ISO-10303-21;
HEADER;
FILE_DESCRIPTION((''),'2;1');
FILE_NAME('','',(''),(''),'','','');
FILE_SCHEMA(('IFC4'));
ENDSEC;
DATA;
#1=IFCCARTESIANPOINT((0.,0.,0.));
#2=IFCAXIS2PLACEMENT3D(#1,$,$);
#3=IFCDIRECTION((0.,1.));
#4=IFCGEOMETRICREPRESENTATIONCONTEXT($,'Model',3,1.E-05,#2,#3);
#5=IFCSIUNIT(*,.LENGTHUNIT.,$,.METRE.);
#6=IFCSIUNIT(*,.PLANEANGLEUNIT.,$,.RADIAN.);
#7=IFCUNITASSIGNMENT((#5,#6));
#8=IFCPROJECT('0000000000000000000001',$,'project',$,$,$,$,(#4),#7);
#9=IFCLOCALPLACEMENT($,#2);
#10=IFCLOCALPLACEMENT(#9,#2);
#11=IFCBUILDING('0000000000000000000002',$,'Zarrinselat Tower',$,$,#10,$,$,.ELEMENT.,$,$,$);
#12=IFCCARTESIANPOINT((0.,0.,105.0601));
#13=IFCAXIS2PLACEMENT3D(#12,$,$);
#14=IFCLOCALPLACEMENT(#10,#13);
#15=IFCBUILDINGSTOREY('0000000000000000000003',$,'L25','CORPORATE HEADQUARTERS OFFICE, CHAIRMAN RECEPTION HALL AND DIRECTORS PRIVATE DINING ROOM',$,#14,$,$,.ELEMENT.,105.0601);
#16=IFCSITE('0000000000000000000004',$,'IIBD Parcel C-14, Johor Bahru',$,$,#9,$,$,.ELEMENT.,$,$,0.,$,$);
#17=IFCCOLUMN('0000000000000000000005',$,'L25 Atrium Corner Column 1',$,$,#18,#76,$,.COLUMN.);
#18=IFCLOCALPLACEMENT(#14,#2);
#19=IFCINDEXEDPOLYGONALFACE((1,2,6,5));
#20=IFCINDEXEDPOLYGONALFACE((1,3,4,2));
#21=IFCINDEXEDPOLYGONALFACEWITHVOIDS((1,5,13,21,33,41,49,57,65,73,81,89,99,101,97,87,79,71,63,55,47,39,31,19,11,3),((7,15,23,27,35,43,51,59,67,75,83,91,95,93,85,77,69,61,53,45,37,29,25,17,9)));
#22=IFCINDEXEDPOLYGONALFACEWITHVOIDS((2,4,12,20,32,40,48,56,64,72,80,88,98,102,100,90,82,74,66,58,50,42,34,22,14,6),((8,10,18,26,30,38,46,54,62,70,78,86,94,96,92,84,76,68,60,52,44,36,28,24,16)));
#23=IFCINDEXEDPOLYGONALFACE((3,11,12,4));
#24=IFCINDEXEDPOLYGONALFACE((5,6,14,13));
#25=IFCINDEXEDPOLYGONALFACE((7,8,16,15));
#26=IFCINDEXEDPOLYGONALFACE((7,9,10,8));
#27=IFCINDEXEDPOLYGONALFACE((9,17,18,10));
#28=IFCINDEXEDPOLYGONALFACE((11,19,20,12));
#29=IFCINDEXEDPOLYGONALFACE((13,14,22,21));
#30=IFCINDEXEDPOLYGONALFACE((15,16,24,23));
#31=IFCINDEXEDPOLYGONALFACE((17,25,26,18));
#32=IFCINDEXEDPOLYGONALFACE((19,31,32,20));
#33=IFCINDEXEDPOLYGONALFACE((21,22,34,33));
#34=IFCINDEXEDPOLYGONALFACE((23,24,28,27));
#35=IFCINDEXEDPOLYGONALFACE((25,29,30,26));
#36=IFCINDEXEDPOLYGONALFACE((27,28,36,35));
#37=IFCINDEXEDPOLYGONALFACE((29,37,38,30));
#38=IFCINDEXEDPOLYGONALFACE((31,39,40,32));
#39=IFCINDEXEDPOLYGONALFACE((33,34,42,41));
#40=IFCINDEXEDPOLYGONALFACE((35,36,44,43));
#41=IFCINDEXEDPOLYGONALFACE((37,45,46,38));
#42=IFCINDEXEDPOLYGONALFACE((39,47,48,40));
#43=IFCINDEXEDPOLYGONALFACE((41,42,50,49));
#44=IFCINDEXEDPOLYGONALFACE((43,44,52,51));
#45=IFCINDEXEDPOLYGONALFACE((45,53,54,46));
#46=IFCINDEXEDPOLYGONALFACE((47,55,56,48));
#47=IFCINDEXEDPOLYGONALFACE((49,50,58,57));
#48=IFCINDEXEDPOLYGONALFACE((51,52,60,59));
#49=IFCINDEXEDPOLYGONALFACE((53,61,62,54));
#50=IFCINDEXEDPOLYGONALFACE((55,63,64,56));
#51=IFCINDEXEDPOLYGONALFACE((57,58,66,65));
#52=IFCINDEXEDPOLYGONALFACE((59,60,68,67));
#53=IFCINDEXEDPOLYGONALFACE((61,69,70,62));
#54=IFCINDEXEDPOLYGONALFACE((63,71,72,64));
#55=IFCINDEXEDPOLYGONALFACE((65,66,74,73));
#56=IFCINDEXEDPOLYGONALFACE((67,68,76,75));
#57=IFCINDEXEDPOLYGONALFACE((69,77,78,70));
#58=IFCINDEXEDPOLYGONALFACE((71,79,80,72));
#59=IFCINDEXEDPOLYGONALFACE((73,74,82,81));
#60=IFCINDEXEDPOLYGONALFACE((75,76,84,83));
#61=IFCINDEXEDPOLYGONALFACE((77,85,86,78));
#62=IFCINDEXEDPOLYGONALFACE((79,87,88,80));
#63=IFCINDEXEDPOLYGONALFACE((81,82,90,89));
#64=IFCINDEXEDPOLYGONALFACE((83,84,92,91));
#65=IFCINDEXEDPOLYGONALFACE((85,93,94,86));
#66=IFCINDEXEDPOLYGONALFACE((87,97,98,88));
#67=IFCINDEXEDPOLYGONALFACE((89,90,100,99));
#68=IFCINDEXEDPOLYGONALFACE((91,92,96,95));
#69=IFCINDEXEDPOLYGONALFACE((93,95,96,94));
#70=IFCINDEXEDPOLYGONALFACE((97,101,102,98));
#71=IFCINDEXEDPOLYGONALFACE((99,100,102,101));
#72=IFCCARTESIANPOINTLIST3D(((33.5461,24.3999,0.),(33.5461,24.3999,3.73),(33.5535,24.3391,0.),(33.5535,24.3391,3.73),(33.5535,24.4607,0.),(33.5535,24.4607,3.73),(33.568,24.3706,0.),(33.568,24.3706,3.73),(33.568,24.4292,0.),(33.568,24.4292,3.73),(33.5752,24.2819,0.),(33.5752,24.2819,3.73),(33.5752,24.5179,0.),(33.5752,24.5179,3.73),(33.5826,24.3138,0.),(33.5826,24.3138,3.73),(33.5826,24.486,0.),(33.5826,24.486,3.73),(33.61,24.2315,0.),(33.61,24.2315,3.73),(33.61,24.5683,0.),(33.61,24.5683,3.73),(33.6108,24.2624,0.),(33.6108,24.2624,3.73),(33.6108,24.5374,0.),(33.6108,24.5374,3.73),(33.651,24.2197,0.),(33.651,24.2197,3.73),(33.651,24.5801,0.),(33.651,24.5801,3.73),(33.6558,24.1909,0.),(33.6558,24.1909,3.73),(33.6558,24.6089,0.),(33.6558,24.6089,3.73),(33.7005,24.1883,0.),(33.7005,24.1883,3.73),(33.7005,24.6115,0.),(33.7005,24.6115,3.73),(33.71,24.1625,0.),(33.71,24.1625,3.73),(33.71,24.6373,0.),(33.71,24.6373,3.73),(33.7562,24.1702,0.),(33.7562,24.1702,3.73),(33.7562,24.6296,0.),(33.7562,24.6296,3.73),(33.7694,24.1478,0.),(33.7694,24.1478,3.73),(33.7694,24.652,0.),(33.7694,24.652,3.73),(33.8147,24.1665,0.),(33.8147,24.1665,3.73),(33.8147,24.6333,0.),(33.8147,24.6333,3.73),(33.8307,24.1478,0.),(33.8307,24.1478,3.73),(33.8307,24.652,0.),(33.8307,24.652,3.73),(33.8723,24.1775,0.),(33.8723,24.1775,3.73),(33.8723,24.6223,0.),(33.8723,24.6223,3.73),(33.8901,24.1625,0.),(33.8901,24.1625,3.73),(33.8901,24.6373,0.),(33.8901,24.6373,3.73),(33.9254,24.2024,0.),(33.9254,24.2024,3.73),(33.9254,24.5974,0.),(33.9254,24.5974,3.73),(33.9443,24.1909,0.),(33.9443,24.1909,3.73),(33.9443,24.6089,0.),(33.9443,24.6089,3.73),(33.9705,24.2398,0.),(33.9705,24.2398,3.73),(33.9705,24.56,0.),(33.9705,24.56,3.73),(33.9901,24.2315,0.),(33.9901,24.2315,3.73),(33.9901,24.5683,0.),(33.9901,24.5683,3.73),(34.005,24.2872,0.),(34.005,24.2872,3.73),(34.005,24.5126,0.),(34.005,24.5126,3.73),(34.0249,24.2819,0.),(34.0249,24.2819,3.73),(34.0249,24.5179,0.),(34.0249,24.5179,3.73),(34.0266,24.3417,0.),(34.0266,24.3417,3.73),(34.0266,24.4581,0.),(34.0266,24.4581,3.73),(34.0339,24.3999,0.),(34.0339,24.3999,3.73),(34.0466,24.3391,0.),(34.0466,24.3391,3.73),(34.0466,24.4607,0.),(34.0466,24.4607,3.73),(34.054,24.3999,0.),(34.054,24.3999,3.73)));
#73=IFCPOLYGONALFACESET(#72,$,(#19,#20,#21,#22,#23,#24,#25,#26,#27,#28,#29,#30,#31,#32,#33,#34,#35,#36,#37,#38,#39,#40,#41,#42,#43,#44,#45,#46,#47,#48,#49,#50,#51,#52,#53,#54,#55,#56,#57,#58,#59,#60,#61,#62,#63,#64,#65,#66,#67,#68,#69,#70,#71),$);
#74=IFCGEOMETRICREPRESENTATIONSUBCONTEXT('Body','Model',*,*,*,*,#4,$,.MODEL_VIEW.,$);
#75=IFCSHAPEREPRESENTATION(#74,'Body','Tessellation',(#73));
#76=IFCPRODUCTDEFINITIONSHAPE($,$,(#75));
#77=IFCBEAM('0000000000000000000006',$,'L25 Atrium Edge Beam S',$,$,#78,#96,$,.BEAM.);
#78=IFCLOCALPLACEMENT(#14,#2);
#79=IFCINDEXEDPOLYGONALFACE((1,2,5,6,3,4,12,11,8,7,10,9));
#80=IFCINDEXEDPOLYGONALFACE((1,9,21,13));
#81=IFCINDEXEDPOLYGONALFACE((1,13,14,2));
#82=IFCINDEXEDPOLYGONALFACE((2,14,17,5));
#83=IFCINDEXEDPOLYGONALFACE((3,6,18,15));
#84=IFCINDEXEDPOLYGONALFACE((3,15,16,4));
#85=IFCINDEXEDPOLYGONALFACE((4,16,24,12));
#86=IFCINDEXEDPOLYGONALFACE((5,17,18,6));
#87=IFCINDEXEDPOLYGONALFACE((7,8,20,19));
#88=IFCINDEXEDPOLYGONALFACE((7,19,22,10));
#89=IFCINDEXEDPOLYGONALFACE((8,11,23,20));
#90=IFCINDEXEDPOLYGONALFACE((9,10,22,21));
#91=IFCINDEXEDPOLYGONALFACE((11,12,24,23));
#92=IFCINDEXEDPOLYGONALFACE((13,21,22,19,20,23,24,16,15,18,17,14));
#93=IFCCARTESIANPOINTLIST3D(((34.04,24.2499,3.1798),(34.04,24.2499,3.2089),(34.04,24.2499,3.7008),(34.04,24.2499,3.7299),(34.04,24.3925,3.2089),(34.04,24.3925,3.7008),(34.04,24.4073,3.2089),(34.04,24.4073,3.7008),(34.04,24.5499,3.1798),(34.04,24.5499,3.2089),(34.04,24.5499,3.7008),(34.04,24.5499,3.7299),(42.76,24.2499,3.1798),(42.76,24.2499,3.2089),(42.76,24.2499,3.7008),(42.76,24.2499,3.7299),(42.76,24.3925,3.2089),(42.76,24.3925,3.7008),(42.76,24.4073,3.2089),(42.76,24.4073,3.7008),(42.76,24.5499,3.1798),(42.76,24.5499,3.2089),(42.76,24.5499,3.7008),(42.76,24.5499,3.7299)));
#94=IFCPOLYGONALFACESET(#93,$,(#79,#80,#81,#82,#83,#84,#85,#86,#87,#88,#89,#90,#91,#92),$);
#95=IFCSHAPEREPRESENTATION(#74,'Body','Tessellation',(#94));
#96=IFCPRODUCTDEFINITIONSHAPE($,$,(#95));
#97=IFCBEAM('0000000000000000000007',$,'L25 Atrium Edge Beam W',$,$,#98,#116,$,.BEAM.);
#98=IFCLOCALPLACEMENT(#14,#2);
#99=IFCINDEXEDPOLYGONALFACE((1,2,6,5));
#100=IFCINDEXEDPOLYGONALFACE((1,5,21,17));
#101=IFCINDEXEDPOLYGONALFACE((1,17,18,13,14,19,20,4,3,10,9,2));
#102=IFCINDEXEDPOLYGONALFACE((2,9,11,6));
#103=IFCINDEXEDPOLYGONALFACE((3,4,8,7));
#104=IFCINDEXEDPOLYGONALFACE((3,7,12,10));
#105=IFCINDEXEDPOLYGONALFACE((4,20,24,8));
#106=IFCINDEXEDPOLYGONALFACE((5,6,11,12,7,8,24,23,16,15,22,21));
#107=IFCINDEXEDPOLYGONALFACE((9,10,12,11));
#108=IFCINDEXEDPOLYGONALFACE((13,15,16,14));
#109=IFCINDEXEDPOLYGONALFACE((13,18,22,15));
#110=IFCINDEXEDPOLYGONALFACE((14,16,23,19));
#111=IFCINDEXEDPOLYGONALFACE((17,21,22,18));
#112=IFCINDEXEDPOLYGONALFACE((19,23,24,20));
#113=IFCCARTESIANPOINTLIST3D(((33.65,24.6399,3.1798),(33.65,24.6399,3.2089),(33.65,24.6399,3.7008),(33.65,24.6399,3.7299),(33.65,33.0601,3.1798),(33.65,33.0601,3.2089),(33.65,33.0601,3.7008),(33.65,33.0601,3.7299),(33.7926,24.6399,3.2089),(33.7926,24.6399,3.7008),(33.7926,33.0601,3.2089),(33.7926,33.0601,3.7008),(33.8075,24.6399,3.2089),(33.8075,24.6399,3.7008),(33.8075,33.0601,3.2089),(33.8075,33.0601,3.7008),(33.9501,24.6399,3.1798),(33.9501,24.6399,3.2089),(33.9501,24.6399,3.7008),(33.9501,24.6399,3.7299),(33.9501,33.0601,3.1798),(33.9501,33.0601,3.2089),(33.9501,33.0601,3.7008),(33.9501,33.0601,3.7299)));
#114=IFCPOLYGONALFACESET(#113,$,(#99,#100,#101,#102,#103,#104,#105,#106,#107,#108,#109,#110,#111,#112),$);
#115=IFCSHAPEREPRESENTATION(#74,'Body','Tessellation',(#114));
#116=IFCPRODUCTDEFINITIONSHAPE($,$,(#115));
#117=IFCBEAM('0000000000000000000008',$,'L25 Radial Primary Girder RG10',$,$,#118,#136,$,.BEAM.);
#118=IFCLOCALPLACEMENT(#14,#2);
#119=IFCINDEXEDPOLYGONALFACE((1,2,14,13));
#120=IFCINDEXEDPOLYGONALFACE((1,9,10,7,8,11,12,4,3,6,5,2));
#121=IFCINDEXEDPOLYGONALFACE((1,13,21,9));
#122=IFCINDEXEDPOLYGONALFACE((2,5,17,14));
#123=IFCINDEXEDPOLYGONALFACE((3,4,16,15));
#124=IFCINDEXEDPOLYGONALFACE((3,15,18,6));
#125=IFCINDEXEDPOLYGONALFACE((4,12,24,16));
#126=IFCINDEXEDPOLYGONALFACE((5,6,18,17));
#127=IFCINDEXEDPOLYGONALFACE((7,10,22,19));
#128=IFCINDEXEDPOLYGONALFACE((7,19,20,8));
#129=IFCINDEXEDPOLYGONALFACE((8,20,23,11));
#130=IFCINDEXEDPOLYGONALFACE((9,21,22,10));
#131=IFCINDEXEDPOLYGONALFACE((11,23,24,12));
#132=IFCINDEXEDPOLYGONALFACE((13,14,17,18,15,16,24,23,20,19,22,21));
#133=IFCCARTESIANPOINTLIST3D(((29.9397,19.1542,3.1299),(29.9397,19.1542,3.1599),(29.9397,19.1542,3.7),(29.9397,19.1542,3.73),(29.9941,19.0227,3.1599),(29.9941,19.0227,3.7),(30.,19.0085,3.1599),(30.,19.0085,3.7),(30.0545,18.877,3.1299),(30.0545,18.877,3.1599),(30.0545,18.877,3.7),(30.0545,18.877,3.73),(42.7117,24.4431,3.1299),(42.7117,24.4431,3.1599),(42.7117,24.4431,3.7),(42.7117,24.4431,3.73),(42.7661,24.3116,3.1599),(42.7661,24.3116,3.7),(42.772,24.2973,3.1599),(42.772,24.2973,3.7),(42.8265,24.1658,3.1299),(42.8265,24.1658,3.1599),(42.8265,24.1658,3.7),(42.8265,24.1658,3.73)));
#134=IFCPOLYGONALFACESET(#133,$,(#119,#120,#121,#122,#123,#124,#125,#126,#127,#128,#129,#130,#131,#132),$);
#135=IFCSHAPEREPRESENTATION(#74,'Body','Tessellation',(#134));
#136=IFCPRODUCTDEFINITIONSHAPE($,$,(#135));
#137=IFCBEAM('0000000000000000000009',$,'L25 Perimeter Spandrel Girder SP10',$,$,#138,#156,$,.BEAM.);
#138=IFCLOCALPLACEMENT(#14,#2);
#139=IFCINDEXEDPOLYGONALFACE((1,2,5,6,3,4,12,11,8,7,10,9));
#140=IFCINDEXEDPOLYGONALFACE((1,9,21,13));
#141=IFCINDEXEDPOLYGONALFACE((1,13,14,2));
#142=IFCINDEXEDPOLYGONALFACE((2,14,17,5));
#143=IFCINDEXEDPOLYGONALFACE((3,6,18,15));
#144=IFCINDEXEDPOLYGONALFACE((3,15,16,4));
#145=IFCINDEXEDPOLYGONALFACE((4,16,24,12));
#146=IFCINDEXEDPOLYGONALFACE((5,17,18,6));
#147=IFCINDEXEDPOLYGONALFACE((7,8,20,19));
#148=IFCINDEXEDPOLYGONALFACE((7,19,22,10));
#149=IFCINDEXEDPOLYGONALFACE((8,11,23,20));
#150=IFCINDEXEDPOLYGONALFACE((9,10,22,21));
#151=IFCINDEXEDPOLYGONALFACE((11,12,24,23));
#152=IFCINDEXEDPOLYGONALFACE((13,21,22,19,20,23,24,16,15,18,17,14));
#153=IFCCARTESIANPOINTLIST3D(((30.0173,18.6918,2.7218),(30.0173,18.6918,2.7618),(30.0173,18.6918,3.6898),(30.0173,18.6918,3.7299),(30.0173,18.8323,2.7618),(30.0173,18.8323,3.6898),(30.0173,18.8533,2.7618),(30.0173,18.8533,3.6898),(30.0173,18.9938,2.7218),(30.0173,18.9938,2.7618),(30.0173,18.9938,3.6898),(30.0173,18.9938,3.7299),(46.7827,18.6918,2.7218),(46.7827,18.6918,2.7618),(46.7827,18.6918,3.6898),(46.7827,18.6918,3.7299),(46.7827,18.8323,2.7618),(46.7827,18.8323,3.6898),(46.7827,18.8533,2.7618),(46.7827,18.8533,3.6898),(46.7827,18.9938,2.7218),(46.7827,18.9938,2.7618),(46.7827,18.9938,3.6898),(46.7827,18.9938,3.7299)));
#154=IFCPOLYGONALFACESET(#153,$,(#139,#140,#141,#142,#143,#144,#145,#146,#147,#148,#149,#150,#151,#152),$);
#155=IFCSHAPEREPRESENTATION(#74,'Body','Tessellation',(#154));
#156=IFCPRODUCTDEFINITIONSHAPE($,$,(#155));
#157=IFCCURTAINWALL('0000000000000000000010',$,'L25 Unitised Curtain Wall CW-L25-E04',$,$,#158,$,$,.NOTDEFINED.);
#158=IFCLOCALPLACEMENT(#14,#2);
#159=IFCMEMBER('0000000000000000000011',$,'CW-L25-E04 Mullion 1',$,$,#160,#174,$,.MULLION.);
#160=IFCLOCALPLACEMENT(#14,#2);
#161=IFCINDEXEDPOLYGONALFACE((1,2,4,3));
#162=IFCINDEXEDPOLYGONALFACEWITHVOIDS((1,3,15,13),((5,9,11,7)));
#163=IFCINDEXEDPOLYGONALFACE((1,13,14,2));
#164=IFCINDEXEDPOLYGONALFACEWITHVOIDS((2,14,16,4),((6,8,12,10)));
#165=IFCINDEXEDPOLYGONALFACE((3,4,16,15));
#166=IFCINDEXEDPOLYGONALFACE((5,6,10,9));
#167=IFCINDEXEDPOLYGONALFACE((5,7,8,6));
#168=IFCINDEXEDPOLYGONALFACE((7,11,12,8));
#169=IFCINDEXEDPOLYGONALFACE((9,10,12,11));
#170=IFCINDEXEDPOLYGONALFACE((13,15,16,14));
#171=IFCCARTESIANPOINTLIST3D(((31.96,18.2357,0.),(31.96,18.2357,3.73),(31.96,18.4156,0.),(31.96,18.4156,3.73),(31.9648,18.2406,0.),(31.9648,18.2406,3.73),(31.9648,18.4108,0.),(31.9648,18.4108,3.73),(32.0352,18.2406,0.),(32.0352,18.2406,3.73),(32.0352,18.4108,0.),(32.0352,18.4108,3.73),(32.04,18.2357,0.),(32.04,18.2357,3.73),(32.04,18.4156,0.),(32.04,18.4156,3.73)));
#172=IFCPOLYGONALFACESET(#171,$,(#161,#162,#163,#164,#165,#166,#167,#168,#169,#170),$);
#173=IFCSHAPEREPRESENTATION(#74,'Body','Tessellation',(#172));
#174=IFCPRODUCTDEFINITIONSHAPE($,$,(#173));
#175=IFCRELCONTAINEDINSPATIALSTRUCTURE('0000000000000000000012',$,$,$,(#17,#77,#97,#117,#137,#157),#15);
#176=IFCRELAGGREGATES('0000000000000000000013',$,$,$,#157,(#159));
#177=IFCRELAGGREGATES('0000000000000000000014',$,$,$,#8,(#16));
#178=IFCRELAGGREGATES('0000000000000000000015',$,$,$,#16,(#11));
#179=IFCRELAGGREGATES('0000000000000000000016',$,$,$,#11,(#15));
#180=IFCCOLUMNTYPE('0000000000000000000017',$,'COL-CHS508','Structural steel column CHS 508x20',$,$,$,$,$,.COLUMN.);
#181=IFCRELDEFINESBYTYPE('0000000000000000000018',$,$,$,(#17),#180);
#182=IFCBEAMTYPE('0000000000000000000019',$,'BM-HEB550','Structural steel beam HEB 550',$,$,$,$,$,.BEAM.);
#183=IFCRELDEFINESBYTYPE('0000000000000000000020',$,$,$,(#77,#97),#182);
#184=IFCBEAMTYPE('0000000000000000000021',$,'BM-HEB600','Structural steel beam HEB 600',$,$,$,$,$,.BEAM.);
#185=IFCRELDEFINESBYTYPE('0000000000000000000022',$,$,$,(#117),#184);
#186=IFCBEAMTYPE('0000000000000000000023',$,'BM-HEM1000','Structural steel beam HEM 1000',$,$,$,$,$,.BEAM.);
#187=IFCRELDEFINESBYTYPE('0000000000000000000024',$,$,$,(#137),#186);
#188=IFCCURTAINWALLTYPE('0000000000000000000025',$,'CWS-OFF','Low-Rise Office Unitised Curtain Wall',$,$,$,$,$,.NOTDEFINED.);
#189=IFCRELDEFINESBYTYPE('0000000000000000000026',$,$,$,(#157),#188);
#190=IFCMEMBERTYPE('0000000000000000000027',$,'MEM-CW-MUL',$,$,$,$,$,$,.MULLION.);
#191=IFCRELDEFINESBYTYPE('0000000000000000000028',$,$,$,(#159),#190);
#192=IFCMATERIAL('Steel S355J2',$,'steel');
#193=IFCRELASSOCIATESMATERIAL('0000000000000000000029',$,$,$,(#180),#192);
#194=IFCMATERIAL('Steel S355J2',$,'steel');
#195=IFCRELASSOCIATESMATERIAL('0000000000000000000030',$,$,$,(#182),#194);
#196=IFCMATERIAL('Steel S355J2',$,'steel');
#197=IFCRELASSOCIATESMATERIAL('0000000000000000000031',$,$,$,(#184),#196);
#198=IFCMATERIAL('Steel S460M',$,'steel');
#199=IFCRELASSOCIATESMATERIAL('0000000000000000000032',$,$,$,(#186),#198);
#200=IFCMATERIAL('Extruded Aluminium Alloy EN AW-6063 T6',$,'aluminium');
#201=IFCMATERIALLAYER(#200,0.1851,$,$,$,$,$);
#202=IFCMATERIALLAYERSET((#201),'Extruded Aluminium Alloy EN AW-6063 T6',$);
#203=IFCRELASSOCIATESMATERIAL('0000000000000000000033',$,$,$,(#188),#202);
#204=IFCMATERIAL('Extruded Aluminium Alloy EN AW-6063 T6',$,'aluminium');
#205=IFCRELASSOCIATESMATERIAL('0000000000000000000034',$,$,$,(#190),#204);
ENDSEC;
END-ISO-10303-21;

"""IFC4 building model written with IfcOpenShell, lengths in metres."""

from ifc_helpers import new_model, si_unit, direction, frame, origin, origin_2d, place, context, subcontext, project, spatial, hollow_rectangle, hollow_circle, i_section, extrude, material, layer, layer_set, material_profile, profile_set, type_object, element, aggregate, save


model = new_model("IFC4")

# Units and contexts
model_context = context("Model", 3, precision=1e-05, world=origin(), true_north=direction((0.0, 1.0)))
body_context = subcontext(model_context, "Body", "Model", "MODEL_VIEW")
ifc_project = project(units=[si_unit("LENGTHUNIT", "METRE"), si_unit("PLANEANGLEUNIT", "RADIAN")], contexts=[model_context])

# Site, building, storey
site_placement = place(None, origin())
site = spatial("IfcSite", under=ifc_project, at=site_placement, Name="IIBD Parcel C-14, Johor Bahru", CompositionType="ELEMENT", RefElevation=0.0)
building_placement = place(site_placement, origin())
building = spatial("IfcBuilding", under=site, at=building_placement, Name="Zarrinselat Tower", CompositionType="ELEMENT")
storey_placement = place(building_placement, frame((0.0, 0.0, 105.0601)))
storey = spatial("IfcBuildingStorey", under=building, at=storey_placement, Name="L25", Description="CORPORATE HEADQUARTERS OFFICE, CHAIRMAN RECEPTION HALL AND DIRECTORS PRIVATE DINING ROOM", CompositionType="ELEMENT", Elevation=105.0601)

# Column
ifc_material_1 = material(Name="Steel S355J2", Category="steel")
ifc_material_profile_1 = material_profile(ifc_material_1, hollow_circle(Radius=0.2539, WallThickness=0.02, at=origin_2d()), Name="CHS 508x20")
ifc_profile_set_1 = profile_set([ifc_material_profile_1], Name="Steel S355J2")
column_type = type_object("IfcColumnType", Name="COL-CHS508", Description="Structural steel column CHS 508x20", PredefinedType="COLUMN", material=ifc_profile_set_1)
column_placement = place(storey_placement, frame((33.8, 24.3999, 0.0), z_axis=(0.0, 0.0, 1.0), x_axis=(1.0, 0.0, 0.0)))
element("IfcColumn", 1, at=column_placement, inside=storey, type_object=column_type, Name="L25 Atrium Corner Column 1", PredefinedType="COLUMN", context=body_context, shape_type="SweptSolid", body=[
    extrude(hollow_circle(Radius=0.2539, WallThickness=0.02, at=origin_2d()), origin(), (0.0, 0.0, 1.0), 3.73),
])

# Beams
ifc_material_2 = material(Name="Steel S355J2", Category="steel")
ifc_material_profile_2 = material_profile(ifc_material_2, i_section(OverallWidth=0.3, OverallDepth=0.55, WebThickness=0.0149, FlangeThickness=0.0291, at=origin_2d()), Name="HEB 550")
ifc_profile_set_2 = profile_set([ifc_material_profile_2], Name="Steel S355J2")
beam_type_1 = type_object("IfcBeamType", Name="BM-HEB550", Description="Structural steel beam HEB 550", PredefinedType="BEAM", material=ifc_profile_set_2)
beam_1_placement = place(storey_placement, frame((34.04, 24.3999, 3.4548), z_axis=(1.0, 0.0, 0.0), x_axis=(0.0, 1.0, 0.0)))
element("IfcBeam", 2, at=beam_1_placement, inside=storey, type_object=beam_type_1, Name="L25 Atrium Edge Beam S", PredefinedType="BEAM", context=body_context, shape_type="SweptSolid", body=[
    extrude(i_section(OverallWidth=0.3, OverallDepth=0.55, WebThickness=0.0149, FlangeThickness=0.0291, at=origin_2d()), origin(), (0.0, 0.0, 1.0), 8.72),
])
beam_2_placement = place(storey_placement, frame((33.8, 24.6399, 3.4548), z_axis=(0.0, 1.0, 0.0), x_axis=(-1.0, 0.0, 0.0)))
element("IfcBeam", 3, at=beam_2_placement, inside=storey, type_object=beam_type_1, Name="L25 Atrium Edge Beam W", PredefinedType="BEAM", context=body_context, shape_type="SweptSolid", body=[
    extrude(i_section(OverallWidth=0.3, OverallDepth=0.55, WebThickness=0.0149, FlangeThickness=0.0291, at=origin_2d()), origin(), (0.0, 0.0, 1.0), 8.4202),
])
ifc_material_3 = material(Name="Steel S355J2", Category="steel")
ifc_material_profile_3 = material_profile(ifc_material_3, i_section(OverallWidth=0.3, OverallDepth=0.6001, WebThickness=0.0154, FlangeThickness=0.03, at=origin_2d()), Name="HEB 600")
ifc_profile_set_3 = profile_set([ifc_material_profile_3], Name="Steel S355J2")
beam_type_2 = type_object("IfcBeamType", Name="BM-HEB600", Description="Structural steel beam HEB 600", PredefinedType="BEAM", material=ifc_profile_set_3)
beam_3_placement = place(storey_placement, frame((29.9971, 19.0156, 3.4299), z_axis=(0.923918, 0.38259, 0.0), x_axis=(-0.38259, 0.923918, 0.0)))
element("IfcBeam", 4, at=beam_3_placement, inside=storey, type_object=beam_type_2, Name="L25 Radial Primary Girder RG10", PredefinedType="BEAM", context=body_context, shape_type="SweptSolid", body=[
    extrude(i_section(OverallWidth=0.3, OverallDepth=0.6001, WebThickness=0.0154, FlangeThickness=0.03, at=origin_2d()), origin(), (0.0, 0.0, 1.0), 13.8237),
])
ifc_material_4 = material(Name="Steel S460M", Category="steel")
ifc_material_profile_4 = material_profile(ifc_material_4, i_section(OverallWidth=0.302, OverallDepth=1.0081, WebThickness=0.021, FlangeThickness=0.04, at=origin_2d()), Name="HEM 1000")
ifc_profile_set_4 = profile_set([ifc_material_profile_4], Name="Steel S460M")
beam_type_3 = type_object("IfcBeamType", Name="BM-HEM1000", Description="Structural steel beam HEM 1000", PredefinedType="BEAM", material=ifc_profile_set_4)
beam_4_placement = place(storey_placement, frame((30.0173, 18.8428, 3.2258), z_axis=(1.0, 0.0, 0.0), x_axis=(0.0, 1.0, 0.0)))
element("IfcBeam", 5, at=beam_4_placement, inside=storey, type_object=beam_type_3, Name="L25 Perimeter Spandrel Girder SP10", PredefinedType="BEAM", context=body_context, shape_type="SweptSolid", body=[
    extrude(i_section(OverallWidth=0.302, OverallDepth=1.0081, WebThickness=0.021, FlangeThickness=0.04, at=origin_2d()), origin(), (0.0, 0.0, 1.0), 16.7654),
])

# Curtain wall, member
ifc_material_5 = material(Name="Extruded Aluminium Alloy EN AW-6063 T6", Category="aluminium")
ifc_layer_1 = layer(ifc_material_5, 0.1851)
ifc_layer_set_1 = layer_set([ifc_layer_1], Name="Extruded Aluminium Alloy EN AW-6063 T6")
curtain_wall_type = type_object("IfcCurtainWallType", Name="CWS-OFF", Description="Low-Rise Office Unitised Curtain Wall", PredefinedType="NOTDEFINED", material=ifc_layer_set_1)
curtain_wall_placement = place(storey_placement, origin())
curtain_wall = element("IfcCurtainWall", 6, at=curtain_wall_placement, inside=storey, type_object=curtain_wall_type, Name="L25 Unitised Curtain Wall CW-L25-E04", PredefinedType="NOTDEFINED")
ifc_material_6 = material(Name="Extruded Aluminium Alloy EN AW-6063 T6", Category="aluminium")
ifc_material_profile_5 = material_profile(ifc_material_6, hollow_rectangle(XDim=0.0801, YDim=0.1799, WallThickness=0.0049, at=origin_2d()), Name="RHS 180x80x5")
ifc_profile_set_5 = profile_set([ifc_material_profile_5], Name="Extruded Aluminium Alloy EN AW-6063 T6")
member_type_1 = type_object("IfcMemberType", Name="MEM-CW-MUL", PredefinedType="MULLION", material=ifc_profile_set_5)
member_1_placement = place(storey_placement, frame((32.0, 18.3257, 0.0), z_axis=(0.0, 0.0, 1.0), x_axis=(1.0, 0.0, 0.0)))
member_1 = element("IfcMember", 7, at=member_1_placement, type_object=member_type_1, Name="CW-L25-E04 Mullion 1", PredefinedType="MULLION", context=body_context, shape_type="SweptSolid", body=[
    extrude(hollow_rectangle(XDim=0.0801, YDim=0.1799, WallThickness=0.0049, at=origin_2d()), origin(), (0.0, 0.0, 1.0), 3.73),
])
aggregate(curtain_wall, [member_1])

save(model, "model.ifc")
